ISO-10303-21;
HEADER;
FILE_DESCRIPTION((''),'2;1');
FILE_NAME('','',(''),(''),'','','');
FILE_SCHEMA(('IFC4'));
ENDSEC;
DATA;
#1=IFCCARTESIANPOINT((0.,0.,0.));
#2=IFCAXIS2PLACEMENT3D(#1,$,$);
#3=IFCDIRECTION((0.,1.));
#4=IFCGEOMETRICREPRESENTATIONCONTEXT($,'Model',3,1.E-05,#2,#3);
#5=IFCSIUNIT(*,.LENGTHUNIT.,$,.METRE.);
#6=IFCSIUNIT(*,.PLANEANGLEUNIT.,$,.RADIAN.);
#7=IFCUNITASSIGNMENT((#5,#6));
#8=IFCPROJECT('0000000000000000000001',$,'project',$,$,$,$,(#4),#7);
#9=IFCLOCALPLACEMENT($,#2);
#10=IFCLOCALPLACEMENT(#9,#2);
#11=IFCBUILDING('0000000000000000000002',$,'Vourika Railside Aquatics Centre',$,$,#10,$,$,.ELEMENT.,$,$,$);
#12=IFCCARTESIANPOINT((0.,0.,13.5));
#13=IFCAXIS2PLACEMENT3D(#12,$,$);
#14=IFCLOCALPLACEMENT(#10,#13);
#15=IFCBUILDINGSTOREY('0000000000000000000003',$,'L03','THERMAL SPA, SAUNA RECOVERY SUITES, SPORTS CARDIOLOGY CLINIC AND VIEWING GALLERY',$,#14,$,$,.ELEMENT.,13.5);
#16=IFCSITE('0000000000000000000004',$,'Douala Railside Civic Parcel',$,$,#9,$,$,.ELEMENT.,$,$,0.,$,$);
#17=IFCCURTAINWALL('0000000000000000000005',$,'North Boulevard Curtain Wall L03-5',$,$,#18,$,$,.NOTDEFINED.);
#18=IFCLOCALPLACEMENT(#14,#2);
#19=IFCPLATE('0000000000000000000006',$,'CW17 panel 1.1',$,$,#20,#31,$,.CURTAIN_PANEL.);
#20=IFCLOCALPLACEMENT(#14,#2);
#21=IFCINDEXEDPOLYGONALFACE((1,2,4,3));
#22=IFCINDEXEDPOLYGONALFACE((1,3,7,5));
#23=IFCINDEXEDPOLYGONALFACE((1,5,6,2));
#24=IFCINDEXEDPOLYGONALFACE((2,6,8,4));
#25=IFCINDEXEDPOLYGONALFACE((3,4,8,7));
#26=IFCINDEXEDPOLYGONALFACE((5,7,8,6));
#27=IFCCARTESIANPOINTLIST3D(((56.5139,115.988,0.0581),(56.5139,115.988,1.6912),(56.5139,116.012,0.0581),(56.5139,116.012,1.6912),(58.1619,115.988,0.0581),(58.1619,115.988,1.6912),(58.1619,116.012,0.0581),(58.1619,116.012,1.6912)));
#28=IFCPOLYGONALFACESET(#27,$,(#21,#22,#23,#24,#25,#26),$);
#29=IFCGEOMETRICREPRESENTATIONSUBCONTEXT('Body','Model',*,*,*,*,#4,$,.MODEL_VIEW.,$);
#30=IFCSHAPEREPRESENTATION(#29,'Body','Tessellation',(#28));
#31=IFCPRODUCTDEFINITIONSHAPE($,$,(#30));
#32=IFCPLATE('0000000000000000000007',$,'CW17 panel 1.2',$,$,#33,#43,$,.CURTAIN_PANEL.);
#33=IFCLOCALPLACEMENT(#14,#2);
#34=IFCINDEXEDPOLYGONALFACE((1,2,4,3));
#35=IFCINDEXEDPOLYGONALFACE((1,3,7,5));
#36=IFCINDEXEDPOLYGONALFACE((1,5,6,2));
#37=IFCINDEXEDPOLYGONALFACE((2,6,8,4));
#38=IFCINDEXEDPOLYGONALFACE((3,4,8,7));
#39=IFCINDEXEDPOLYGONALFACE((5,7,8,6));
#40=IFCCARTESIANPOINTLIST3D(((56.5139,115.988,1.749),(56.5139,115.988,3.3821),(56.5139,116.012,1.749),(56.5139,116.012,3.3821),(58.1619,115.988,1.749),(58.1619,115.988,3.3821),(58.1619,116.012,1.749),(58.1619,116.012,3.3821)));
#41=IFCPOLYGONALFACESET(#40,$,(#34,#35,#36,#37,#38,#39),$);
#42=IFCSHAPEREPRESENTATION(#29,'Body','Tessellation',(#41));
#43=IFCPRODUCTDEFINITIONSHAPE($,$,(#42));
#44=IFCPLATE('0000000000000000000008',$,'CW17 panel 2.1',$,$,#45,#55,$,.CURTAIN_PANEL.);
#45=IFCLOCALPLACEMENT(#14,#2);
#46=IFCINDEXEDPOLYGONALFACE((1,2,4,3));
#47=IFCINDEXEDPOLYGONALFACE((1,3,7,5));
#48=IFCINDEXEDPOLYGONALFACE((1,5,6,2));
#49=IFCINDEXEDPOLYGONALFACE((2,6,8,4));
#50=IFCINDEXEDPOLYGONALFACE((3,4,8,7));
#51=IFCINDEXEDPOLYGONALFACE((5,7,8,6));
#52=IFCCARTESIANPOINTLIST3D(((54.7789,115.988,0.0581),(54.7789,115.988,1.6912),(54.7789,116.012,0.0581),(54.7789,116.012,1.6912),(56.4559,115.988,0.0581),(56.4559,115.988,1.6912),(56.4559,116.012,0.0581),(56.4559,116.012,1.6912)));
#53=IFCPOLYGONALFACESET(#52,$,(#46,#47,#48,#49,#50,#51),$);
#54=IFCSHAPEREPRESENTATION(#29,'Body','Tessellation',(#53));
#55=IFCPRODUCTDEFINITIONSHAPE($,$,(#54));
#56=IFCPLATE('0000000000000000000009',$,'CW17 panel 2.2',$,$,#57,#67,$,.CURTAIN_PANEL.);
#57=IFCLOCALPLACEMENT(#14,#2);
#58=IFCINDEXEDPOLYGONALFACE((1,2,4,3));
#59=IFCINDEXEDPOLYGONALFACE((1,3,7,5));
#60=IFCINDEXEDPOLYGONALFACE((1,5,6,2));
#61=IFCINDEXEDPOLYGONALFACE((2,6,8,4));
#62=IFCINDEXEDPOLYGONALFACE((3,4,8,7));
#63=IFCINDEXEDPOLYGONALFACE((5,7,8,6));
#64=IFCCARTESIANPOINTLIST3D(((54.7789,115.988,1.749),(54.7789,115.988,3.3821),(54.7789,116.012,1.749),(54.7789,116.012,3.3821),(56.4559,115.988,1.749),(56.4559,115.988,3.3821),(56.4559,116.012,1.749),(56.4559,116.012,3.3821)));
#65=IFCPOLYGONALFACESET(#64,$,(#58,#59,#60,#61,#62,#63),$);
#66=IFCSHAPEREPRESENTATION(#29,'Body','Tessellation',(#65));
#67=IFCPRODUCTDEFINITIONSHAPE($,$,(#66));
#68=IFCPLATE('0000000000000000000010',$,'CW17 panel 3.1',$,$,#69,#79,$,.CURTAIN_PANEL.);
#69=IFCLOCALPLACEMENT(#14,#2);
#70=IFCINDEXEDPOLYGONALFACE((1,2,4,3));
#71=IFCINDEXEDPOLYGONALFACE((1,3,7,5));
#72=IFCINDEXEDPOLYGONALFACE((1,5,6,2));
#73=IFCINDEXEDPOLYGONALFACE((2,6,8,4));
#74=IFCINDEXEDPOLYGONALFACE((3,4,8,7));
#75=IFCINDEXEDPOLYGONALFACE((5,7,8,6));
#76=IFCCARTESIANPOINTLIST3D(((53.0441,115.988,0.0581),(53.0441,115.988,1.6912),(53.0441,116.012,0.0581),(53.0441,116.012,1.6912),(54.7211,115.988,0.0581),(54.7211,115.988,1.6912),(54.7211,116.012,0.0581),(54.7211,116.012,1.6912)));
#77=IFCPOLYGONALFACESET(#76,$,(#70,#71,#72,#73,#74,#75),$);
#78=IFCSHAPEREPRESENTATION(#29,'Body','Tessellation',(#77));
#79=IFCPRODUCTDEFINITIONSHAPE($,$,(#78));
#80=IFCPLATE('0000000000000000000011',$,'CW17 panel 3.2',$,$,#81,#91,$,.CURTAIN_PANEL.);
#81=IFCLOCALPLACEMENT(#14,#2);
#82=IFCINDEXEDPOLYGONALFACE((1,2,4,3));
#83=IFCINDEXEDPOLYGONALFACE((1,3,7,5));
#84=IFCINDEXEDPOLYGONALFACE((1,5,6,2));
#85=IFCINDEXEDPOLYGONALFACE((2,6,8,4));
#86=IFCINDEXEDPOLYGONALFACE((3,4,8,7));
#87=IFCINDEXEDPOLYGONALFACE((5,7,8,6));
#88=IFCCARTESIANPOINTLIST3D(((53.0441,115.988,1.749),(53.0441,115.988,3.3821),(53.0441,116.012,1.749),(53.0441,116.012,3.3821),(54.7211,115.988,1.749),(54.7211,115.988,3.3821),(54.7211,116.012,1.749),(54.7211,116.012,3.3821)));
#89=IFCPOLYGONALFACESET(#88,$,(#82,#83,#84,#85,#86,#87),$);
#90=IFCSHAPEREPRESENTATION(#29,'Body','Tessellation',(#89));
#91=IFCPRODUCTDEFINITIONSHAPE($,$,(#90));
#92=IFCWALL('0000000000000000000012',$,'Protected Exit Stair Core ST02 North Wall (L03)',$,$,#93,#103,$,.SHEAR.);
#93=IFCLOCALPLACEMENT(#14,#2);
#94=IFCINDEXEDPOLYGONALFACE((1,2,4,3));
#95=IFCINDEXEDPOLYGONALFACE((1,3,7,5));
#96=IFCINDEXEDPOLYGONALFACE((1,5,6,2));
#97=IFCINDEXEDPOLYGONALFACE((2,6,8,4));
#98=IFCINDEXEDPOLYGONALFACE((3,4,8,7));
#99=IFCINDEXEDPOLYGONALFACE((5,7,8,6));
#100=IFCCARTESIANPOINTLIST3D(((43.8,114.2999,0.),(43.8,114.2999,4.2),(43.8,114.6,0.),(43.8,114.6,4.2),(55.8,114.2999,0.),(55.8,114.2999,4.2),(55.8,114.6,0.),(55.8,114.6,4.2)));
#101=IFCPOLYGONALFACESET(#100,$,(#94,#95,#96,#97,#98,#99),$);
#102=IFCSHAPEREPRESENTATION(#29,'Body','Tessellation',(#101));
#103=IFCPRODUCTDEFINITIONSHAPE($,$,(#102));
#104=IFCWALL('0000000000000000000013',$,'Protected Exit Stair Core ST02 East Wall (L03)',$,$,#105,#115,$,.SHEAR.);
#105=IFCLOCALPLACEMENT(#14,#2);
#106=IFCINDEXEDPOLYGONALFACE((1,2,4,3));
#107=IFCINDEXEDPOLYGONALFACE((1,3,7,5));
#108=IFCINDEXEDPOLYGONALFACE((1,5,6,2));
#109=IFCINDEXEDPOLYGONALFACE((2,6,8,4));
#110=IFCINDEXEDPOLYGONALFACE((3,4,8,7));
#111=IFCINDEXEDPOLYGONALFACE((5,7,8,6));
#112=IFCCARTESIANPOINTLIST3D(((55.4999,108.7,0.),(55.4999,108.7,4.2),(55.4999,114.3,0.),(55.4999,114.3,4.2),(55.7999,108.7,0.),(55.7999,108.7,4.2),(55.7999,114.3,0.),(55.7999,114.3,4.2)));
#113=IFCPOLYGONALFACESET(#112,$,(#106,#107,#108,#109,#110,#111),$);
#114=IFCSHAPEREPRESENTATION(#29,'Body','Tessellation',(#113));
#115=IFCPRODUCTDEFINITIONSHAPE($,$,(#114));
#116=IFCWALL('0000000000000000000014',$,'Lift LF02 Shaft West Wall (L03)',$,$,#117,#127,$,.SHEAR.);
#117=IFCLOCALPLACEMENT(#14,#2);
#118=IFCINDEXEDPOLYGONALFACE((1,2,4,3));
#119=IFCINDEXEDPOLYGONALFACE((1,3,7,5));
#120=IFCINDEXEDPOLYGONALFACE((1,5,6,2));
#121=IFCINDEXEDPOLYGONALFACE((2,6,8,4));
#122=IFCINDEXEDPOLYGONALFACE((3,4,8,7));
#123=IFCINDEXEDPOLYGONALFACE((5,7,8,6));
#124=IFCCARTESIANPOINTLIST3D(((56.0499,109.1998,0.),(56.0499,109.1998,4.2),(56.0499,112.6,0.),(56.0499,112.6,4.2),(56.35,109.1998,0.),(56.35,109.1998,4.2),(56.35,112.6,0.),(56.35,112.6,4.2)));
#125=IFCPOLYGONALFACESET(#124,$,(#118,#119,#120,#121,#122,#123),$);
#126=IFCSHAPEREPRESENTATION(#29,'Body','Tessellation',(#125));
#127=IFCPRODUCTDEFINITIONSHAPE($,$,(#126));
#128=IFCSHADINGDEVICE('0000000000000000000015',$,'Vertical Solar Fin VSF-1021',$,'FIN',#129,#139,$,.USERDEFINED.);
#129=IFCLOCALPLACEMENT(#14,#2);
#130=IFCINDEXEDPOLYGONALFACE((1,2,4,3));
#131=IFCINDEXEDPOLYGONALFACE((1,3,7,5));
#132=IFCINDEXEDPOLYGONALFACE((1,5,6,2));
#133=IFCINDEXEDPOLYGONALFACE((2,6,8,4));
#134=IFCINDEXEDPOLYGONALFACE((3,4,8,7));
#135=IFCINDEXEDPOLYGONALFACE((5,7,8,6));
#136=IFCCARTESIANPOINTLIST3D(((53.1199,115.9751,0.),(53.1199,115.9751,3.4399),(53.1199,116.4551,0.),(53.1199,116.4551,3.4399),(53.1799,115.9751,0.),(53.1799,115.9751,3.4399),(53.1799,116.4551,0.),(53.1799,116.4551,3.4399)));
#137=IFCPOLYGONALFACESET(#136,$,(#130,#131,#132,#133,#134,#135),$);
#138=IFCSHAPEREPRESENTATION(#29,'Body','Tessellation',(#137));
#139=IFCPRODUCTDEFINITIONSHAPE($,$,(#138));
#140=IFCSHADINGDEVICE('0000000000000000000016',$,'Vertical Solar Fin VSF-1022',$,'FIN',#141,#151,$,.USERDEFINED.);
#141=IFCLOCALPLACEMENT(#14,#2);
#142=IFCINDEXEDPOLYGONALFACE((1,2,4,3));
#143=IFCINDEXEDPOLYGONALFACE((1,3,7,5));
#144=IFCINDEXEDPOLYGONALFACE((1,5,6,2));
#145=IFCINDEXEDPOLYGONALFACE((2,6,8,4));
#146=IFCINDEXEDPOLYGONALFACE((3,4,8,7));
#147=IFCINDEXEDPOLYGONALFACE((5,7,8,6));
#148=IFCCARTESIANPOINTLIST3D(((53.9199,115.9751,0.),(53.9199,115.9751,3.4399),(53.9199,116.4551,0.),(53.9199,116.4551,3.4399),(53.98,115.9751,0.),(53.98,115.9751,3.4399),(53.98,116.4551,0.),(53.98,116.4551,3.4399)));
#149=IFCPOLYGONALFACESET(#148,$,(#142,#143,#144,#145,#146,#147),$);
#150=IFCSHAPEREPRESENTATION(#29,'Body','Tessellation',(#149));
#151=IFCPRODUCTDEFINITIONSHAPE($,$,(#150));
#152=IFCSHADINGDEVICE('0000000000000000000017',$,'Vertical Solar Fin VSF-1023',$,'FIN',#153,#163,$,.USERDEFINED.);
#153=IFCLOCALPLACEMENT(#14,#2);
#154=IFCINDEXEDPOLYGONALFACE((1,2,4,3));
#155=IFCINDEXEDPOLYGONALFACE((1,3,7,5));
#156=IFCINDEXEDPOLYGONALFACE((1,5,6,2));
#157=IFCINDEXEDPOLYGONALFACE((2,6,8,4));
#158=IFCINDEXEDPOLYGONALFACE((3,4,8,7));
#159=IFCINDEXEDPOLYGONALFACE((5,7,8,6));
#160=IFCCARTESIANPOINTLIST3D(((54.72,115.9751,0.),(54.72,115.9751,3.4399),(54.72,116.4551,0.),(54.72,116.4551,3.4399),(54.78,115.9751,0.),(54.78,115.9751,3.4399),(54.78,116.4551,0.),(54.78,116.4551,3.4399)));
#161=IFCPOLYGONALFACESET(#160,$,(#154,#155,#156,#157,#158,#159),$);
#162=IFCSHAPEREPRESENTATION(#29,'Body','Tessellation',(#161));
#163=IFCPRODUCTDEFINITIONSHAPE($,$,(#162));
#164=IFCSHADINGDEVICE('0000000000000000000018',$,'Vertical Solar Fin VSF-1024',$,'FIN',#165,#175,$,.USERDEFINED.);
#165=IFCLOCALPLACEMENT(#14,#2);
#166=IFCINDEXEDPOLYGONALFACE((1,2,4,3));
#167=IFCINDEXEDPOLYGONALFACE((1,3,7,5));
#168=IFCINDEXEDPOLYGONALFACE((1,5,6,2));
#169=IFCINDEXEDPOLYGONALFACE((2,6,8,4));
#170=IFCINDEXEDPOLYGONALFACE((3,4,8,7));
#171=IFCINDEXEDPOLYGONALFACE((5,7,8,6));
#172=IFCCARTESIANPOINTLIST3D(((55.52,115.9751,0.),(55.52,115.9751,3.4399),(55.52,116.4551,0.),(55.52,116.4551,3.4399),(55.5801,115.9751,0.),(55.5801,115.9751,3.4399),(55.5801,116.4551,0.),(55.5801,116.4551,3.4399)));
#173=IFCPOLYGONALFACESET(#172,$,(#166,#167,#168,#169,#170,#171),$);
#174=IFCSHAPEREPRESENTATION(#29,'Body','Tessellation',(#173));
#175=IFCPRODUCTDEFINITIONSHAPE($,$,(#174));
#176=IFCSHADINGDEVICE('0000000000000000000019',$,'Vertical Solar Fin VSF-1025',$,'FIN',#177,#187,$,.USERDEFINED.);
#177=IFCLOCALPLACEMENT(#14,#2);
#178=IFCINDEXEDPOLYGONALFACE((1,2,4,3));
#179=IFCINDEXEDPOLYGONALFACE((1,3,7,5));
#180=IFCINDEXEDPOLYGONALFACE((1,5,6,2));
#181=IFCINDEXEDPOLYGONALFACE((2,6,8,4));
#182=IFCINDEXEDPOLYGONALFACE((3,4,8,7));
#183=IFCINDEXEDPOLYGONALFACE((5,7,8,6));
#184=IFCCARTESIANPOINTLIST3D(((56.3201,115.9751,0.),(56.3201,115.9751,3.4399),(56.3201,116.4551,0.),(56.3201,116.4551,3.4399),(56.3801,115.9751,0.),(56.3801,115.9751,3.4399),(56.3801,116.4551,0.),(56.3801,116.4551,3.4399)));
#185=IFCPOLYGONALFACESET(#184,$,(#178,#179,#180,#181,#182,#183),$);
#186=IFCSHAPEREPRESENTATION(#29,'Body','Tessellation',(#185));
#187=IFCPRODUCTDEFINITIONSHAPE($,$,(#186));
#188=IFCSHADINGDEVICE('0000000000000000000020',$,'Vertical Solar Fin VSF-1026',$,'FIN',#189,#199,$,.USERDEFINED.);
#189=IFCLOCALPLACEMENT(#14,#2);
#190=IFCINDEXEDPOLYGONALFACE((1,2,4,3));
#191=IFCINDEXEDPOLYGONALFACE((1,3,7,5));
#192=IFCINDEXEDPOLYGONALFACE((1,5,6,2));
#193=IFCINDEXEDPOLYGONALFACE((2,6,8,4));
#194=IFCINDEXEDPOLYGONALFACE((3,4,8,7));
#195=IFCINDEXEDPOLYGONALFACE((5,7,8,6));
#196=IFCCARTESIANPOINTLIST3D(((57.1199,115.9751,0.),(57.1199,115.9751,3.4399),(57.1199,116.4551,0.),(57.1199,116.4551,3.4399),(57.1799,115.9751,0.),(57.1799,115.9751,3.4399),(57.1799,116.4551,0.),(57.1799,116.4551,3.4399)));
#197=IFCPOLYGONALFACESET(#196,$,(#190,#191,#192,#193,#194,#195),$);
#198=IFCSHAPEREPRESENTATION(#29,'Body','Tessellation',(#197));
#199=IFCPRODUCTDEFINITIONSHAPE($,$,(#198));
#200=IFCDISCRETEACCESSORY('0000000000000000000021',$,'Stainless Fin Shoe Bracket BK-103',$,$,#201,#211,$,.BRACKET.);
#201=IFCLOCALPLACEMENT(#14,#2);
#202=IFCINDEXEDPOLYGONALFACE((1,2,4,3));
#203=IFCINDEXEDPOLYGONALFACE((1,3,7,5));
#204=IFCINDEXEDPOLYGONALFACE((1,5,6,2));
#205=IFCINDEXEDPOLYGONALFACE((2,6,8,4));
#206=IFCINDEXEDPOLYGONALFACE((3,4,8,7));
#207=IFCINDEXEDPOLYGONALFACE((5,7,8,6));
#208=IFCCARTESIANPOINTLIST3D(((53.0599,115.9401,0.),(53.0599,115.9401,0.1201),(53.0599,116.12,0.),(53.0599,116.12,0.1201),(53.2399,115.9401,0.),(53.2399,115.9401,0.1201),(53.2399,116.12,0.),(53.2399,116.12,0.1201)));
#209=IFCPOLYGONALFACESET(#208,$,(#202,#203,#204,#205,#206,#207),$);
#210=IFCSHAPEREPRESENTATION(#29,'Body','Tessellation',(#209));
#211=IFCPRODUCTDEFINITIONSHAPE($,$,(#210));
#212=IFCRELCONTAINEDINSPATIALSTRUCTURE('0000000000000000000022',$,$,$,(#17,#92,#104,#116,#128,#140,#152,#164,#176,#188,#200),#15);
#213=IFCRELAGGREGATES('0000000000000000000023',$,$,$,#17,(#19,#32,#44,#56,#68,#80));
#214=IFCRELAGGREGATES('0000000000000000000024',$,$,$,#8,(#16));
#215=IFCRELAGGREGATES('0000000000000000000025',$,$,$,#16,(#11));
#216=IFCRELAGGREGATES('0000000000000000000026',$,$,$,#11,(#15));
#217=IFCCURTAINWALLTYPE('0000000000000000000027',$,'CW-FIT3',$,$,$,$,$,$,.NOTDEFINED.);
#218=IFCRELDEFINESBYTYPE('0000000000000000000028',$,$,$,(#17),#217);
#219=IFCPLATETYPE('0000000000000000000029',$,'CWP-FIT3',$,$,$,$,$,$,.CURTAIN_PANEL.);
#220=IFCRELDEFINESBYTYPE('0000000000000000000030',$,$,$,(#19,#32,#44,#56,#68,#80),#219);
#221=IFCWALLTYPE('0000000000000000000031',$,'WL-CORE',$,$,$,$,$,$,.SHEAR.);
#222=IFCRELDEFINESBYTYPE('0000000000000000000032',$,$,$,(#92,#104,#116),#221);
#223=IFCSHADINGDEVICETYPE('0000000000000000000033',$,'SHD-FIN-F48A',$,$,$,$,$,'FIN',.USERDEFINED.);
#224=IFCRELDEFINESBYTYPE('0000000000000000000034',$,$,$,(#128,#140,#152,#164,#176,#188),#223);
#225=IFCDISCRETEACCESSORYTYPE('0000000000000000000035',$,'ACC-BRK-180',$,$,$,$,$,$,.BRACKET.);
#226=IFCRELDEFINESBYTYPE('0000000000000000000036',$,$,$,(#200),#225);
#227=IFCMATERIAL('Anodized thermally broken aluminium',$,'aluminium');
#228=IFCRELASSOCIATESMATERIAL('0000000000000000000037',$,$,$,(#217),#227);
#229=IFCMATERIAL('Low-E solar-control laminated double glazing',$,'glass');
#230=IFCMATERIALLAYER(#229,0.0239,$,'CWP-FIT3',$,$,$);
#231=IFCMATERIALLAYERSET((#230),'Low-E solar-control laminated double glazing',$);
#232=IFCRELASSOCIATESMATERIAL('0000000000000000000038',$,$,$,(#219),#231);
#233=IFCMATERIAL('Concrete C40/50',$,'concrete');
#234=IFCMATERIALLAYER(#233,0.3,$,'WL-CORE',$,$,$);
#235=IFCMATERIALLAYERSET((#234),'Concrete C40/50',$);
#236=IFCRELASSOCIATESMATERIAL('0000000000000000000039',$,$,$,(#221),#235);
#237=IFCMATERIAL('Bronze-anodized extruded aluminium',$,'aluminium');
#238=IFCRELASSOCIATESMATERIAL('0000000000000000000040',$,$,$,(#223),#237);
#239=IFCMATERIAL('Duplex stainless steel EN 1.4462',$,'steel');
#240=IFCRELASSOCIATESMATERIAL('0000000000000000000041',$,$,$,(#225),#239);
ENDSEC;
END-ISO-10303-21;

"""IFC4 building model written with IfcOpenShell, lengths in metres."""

from ifc_helpers import new_model, si_unit, direction, frame, frame_2d, origin, origin_2d, place, context, subcontext, project, spatial, rectangle, extrude, material, layer, layer_set, material_profile, profile_set, type_object, element, aggregate, save


model = new_model("IFC4")

# Units and contexts
model_context = context("Model", 3, precision=1e-05, world=origin(), true_north=direction((0.0, 1.0)))
body_context = subcontext(model_context, "Body", "Model", "MODEL_VIEW")
ifc_project = project(units=[si_unit("LENGTHUNIT", "METRE"), si_unit("PLANEANGLEUNIT", "RADIAN")], contexts=[model_context])

# Site, building, storey
site_placement = place(None, origin())
site = spatial("IfcSite", under=ifc_project, at=site_placement, Name="Douala Railside Civic Parcel", CompositionType="ELEMENT", RefElevation=0.0)
building_placement = place(site_placement, origin())
building = spatial("IfcBuilding", under=site, at=building_placement, Name="Vourika Railside Aquatics Centre", CompositionType="ELEMENT")
storey_placement = place(building_placement, frame((0.0, 0.0, 13.5)))
storey = spatial("IfcBuildingStorey", under=building, at=storey_placement, Name="L03", Description="THERMAL SPA, SAUNA RECOVERY SUITES, SPORTS CARDIOLOGY CLINIC AND VIEWING GALLERY", CompositionType="ELEMENT", Elevation=13.5)

# Curtain wall, plates
ifc_material_1 = material(Name="Anodized thermally broken aluminium", Category="aluminium")
curtain_wall_type = type_object("IfcCurtainWallType", Name="CW-FIT3", PredefinedType="NOTDEFINED", material=ifc_material_1)
curtain_wall_placement = place(storey_placement, origin())
curtain_wall = element("IfcCurtainWall", 1, at=curtain_wall_placement, inside=storey, type_object=curtain_wall_type, Name="North Boulevard Curtain Wall L03-5", PredefinedType="NOTDEFINED")
ifc_material_2 = material(Name="Low-E solar-control laminated double glazing", Category="glass")
ifc_layer_1 = layer(ifc_material_2, 0.0239, Name="CWP-FIT3")
ifc_layer_set_1 = layer_set([ifc_layer_1], Name="Low-E solar-control laminated double glazing")
plate_type = type_object("IfcPlateType", Name="CWP-FIT3", PredefinedType="CURTAIN_PANEL", material=ifc_layer_set_1)
plate_1_placement = place(storey_placement, frame((57.3379, 116.0, 0.0581), z_axis=(0.0, 0.0, 1.0), x_axis=(-1.0, 0.0, 0.0)))
plate_1 = element("IfcPlate", 2, at=plate_1_placement, type_object=plate_type, Name="CW17 panel 1.1", PredefinedType="CURTAIN_PANEL", context=body_context, shape_type="SweptSolid", body=[
    extrude(rectangle(XDim=1.6479, YDim=0.0239, at=origin_2d()), origin(), (0.0, 0.0, 1.0), 1.6331),
])
plate_2_placement = place(storey_placement, frame((57.3379, 116.0, 1.749), z_axis=(0.0, 0.0, 1.0), x_axis=(-1.0, 0.0, 0.0)))
plate_2 = element("IfcPlate", 3, at=plate_2_placement, type_object=plate_type, Name="CW17 panel 1.2", PredefinedType="CURTAIN_PANEL", context=body_context, shape_type="SweptSolid", body=[
    extrude(rectangle(XDim=1.6479, YDim=0.0239, at=origin_2d()), origin(), (0.0, 0.0, 1.0), 1.6331),
])
plate_3_placement = place(storey_placement, frame((55.6174, 116.0, 0.0581), z_axis=(0.0, 0.0, 1.0), x_axis=(-1.0, 0.0, 0.0)))
plate_3 = element("IfcPlate", 4, at=plate_3_placement, type_object=plate_type, Name="CW17 panel 2.1", PredefinedType="CURTAIN_PANEL", context=body_context, shape_type="SweptSolid", body=[
    extrude(rectangle(XDim=1.677, YDim=0.0239, at=origin_2d()), origin(), (0.0, 0.0, 1.0), 1.6331),
])
plate_4_placement = place(storey_placement, frame((55.6174, 116.0, 1.749), z_axis=(0.0, 0.0, 1.0), x_axis=(-1.0, 0.0, 0.0)))
plate_4 = element("IfcPlate", 5, at=plate_4_placement, type_object=plate_type, Name="CW17 panel 2.2", PredefinedType="CURTAIN_PANEL", context=body_context, shape_type="SweptSolid", body=[
    extrude(rectangle(XDim=1.677, YDim=0.0239, at=origin_2d()), origin(), (0.0, 0.0, 1.0), 1.6331),
])
plate_5_placement = place(storey_placement, frame((53.8826, 116.0, 0.0581), z_axis=(0.0, 0.0, 1.0), x_axis=(-1.0, 0.0, 0.0)))
plate_5 = element("IfcPlate", 6, at=plate_5_placement, type_object=plate_type, Name="CW17 panel 3.1", PredefinedType="CURTAIN_PANEL", context=body_context, shape_type="SweptSolid", body=[
    extrude(rectangle(XDim=1.677, YDim=0.0239, at=origin_2d()), origin(), (0.0, 0.0, 1.0), 1.6331),
])
plate_6_placement = place(storey_placement, frame((53.8826, 116.0, 1.749), z_axis=(0.0, 0.0, 1.0), x_axis=(-1.0, 0.0, 0.0)))
plate_6 = element("IfcPlate", 7, at=plate_6_placement, type_object=plate_type, Name="CW17 panel 3.2", PredefinedType="CURTAIN_PANEL", context=body_context, shape_type="SweptSolid", body=[
    extrude(rectangle(XDim=1.677, YDim=0.0239, at=origin_2d()), origin(), (0.0, 0.0, 1.0), 1.6331),
])
aggregate(curtain_wall, [plate_1, plate_2, plate_3, plate_4, plate_5, plate_6])

# Walls
ifc_material_3 = material(Name="Concrete C40/50", Category="concrete")
ifc_layer_2 = layer(ifc_material_3, 0.3, Name="WL-CORE")
ifc_layer_set_2 = layer_set([ifc_layer_2], Name="Concrete C40/50")
wall_type = type_object("IfcWallType", Name="WL-CORE", PredefinedType="SHEAR", material=ifc_layer_set_2)
wall_1_placement = place(storey_placement, frame((55.8, 114.45, 0.0), z_axis=(0.0, 0.0, 1.0), x_axis=(-1.0, 0.0, 0.0)))
element("IfcWall", 8, at=wall_1_placement, inside=storey, type_object=wall_type, Name="Protected Exit Stair Core ST02 North Wall (L03)", PredefinedType="SHEAR", context=body_context, shape_type="SweptSolid", body=[
    extrude(rectangle(XDim=12.0, YDim=0.3, at=frame_2d((6.0, 0.0))), origin(), (0.0, 0.0, 1.0), 4.2),
])
wall_2_placement = place(storey_placement, frame((55.6499, 108.7, 0.0), z_axis=(0.0, 0.0, 1.0), x_axis=(0.0, 1.0, 0.0)))
element("IfcWall", 9, at=wall_2_placement, inside=storey, type_object=wall_type, Name="Protected Exit Stair Core ST02 East Wall (L03)", PredefinedType="SHEAR", context=body_context, shape_type="SweptSolid", body=[
    extrude(rectangle(XDim=5.6001, YDim=0.3, at=frame_2d((2.8, 0.0))), origin(), (0.0, 0.0, 1.0), 4.2),
])

# Wall
wall_3_placement = place(storey_placement, frame((56.2, 112.6001, 0.0), z_axis=(0.0, 0.0, 1.0), x_axis=(0.0, -1.0, 0.0)))
element("IfcWall", 10, at=wall_3_placement, inside=storey, type_object=wall_type, Name="Lift LF02 Shaft West Wall (L03)", PredefinedType="SHEAR", context=body_context, shape_type="SweptSolid", body=[
    extrude(rectangle(XDim=3.4001, YDim=0.3, at=frame_2d((1.7002, 0.0))), origin(), (0.0, 0.0, 1.0), 4.2),
])

# Shading devices
ifc_material_4 = material(Name="Bronze-anodized extruded aluminium", Category="aluminium")
ifc_material_profile_1 = material_profile(ifc_material_4, rectangle(XDim=0.0601, YDim=0.48, at=origin_2d()), Name="ALU-FIN 60x480")
ifc_profile_set_1 = profile_set([ifc_material_profile_1], Name="Bronze-anodized extruded aluminium")
shading_device_type = type_object("IfcShadingDeviceType", Name="SHD-FIN-F48A", ElementType="FIN", PredefinedType="USERDEFINED", material=ifc_profile_set_1)
for number, where, z_axis, x_axis, name in (
    (11, (53.1499, 116.2151, 0.0), (0.0, 0.0, 1.0), (1.0, 0.0, 0.0), "Vertical Solar Fin VSF-1021"),
    (12, (53.95, 116.2151, 0.0), (0.0, 0.0, 1.0), (1.0, 0.0, 0.0), "Vertical Solar Fin VSF-1022"),
    (13, (54.75, 116.2151, 0.0), (0.0, 0.0, 1.0), (1.0, 0.0, 0.0), "Vertical Solar Fin VSF-1023"),
    (14, (55.55, 116.2151, 0.0), (0.0, 0.0, 1.0), (1.0, 0.0, 0.0), "Vertical Solar Fin VSF-1024"),
    (15, (56.3501, 116.2151, 0.0), (0.0, 0.0, 1.0), (1.0, 0.0, 0.0), "Vertical Solar Fin VSF-1025"),
    (16, (57.1499, 116.2151, 0.0), (0.0, 0.0, 1.0), (1.0, 0.0, 0.0), "Vertical Solar Fin VSF-1026"),
):
    element("IfcShadingDevice", number, at=place(storey_placement, frame(where, z_axis=z_axis, x_axis=x_axis)), inside=storey, type_object=shading_device_type, Name=name, ObjectType="FIN", PredefinedType="USERDEFINED", context=body_context, shape_type="SweptSolid", body=[
        extrude(rectangle(XDim=0.0601, YDim=0.48, at=origin_2d()), origin(), (0.0, 0.0, 1.0), 3.4399),
    ])

# Discrete accessory
ifc_material_5 = material(Name="Duplex stainless steel EN 1.4462", Category="steel")
discrete_accessory_type = type_object("IfcDiscreteAccessoryType", Name="ACC-BRK-180", PredefinedType="BRACKET", material=ifc_material_5)
discrete_accessory_placement = place(storey_placement, frame((53.1499, 116.03, 0.0), z_axis=(0.0, 0.0, 1.0), x_axis=(0.0, 1.0, 0.0)))
element("IfcDiscreteAccessory", 17, at=discrete_accessory_placement, inside=storey, type_object=discrete_accessory_type, Name="Stainless Fin Shoe Bracket BK-103", PredefinedType="BRACKET", context=body_context, shape_type="SweptSolid", body=[
    extrude(rectangle(XDim=0.1799, YDim=0.1799, at=origin_2d()), origin(), (0.0, 0.0, 1.0), 0.1201),
])

save(model, "model.ifc")
